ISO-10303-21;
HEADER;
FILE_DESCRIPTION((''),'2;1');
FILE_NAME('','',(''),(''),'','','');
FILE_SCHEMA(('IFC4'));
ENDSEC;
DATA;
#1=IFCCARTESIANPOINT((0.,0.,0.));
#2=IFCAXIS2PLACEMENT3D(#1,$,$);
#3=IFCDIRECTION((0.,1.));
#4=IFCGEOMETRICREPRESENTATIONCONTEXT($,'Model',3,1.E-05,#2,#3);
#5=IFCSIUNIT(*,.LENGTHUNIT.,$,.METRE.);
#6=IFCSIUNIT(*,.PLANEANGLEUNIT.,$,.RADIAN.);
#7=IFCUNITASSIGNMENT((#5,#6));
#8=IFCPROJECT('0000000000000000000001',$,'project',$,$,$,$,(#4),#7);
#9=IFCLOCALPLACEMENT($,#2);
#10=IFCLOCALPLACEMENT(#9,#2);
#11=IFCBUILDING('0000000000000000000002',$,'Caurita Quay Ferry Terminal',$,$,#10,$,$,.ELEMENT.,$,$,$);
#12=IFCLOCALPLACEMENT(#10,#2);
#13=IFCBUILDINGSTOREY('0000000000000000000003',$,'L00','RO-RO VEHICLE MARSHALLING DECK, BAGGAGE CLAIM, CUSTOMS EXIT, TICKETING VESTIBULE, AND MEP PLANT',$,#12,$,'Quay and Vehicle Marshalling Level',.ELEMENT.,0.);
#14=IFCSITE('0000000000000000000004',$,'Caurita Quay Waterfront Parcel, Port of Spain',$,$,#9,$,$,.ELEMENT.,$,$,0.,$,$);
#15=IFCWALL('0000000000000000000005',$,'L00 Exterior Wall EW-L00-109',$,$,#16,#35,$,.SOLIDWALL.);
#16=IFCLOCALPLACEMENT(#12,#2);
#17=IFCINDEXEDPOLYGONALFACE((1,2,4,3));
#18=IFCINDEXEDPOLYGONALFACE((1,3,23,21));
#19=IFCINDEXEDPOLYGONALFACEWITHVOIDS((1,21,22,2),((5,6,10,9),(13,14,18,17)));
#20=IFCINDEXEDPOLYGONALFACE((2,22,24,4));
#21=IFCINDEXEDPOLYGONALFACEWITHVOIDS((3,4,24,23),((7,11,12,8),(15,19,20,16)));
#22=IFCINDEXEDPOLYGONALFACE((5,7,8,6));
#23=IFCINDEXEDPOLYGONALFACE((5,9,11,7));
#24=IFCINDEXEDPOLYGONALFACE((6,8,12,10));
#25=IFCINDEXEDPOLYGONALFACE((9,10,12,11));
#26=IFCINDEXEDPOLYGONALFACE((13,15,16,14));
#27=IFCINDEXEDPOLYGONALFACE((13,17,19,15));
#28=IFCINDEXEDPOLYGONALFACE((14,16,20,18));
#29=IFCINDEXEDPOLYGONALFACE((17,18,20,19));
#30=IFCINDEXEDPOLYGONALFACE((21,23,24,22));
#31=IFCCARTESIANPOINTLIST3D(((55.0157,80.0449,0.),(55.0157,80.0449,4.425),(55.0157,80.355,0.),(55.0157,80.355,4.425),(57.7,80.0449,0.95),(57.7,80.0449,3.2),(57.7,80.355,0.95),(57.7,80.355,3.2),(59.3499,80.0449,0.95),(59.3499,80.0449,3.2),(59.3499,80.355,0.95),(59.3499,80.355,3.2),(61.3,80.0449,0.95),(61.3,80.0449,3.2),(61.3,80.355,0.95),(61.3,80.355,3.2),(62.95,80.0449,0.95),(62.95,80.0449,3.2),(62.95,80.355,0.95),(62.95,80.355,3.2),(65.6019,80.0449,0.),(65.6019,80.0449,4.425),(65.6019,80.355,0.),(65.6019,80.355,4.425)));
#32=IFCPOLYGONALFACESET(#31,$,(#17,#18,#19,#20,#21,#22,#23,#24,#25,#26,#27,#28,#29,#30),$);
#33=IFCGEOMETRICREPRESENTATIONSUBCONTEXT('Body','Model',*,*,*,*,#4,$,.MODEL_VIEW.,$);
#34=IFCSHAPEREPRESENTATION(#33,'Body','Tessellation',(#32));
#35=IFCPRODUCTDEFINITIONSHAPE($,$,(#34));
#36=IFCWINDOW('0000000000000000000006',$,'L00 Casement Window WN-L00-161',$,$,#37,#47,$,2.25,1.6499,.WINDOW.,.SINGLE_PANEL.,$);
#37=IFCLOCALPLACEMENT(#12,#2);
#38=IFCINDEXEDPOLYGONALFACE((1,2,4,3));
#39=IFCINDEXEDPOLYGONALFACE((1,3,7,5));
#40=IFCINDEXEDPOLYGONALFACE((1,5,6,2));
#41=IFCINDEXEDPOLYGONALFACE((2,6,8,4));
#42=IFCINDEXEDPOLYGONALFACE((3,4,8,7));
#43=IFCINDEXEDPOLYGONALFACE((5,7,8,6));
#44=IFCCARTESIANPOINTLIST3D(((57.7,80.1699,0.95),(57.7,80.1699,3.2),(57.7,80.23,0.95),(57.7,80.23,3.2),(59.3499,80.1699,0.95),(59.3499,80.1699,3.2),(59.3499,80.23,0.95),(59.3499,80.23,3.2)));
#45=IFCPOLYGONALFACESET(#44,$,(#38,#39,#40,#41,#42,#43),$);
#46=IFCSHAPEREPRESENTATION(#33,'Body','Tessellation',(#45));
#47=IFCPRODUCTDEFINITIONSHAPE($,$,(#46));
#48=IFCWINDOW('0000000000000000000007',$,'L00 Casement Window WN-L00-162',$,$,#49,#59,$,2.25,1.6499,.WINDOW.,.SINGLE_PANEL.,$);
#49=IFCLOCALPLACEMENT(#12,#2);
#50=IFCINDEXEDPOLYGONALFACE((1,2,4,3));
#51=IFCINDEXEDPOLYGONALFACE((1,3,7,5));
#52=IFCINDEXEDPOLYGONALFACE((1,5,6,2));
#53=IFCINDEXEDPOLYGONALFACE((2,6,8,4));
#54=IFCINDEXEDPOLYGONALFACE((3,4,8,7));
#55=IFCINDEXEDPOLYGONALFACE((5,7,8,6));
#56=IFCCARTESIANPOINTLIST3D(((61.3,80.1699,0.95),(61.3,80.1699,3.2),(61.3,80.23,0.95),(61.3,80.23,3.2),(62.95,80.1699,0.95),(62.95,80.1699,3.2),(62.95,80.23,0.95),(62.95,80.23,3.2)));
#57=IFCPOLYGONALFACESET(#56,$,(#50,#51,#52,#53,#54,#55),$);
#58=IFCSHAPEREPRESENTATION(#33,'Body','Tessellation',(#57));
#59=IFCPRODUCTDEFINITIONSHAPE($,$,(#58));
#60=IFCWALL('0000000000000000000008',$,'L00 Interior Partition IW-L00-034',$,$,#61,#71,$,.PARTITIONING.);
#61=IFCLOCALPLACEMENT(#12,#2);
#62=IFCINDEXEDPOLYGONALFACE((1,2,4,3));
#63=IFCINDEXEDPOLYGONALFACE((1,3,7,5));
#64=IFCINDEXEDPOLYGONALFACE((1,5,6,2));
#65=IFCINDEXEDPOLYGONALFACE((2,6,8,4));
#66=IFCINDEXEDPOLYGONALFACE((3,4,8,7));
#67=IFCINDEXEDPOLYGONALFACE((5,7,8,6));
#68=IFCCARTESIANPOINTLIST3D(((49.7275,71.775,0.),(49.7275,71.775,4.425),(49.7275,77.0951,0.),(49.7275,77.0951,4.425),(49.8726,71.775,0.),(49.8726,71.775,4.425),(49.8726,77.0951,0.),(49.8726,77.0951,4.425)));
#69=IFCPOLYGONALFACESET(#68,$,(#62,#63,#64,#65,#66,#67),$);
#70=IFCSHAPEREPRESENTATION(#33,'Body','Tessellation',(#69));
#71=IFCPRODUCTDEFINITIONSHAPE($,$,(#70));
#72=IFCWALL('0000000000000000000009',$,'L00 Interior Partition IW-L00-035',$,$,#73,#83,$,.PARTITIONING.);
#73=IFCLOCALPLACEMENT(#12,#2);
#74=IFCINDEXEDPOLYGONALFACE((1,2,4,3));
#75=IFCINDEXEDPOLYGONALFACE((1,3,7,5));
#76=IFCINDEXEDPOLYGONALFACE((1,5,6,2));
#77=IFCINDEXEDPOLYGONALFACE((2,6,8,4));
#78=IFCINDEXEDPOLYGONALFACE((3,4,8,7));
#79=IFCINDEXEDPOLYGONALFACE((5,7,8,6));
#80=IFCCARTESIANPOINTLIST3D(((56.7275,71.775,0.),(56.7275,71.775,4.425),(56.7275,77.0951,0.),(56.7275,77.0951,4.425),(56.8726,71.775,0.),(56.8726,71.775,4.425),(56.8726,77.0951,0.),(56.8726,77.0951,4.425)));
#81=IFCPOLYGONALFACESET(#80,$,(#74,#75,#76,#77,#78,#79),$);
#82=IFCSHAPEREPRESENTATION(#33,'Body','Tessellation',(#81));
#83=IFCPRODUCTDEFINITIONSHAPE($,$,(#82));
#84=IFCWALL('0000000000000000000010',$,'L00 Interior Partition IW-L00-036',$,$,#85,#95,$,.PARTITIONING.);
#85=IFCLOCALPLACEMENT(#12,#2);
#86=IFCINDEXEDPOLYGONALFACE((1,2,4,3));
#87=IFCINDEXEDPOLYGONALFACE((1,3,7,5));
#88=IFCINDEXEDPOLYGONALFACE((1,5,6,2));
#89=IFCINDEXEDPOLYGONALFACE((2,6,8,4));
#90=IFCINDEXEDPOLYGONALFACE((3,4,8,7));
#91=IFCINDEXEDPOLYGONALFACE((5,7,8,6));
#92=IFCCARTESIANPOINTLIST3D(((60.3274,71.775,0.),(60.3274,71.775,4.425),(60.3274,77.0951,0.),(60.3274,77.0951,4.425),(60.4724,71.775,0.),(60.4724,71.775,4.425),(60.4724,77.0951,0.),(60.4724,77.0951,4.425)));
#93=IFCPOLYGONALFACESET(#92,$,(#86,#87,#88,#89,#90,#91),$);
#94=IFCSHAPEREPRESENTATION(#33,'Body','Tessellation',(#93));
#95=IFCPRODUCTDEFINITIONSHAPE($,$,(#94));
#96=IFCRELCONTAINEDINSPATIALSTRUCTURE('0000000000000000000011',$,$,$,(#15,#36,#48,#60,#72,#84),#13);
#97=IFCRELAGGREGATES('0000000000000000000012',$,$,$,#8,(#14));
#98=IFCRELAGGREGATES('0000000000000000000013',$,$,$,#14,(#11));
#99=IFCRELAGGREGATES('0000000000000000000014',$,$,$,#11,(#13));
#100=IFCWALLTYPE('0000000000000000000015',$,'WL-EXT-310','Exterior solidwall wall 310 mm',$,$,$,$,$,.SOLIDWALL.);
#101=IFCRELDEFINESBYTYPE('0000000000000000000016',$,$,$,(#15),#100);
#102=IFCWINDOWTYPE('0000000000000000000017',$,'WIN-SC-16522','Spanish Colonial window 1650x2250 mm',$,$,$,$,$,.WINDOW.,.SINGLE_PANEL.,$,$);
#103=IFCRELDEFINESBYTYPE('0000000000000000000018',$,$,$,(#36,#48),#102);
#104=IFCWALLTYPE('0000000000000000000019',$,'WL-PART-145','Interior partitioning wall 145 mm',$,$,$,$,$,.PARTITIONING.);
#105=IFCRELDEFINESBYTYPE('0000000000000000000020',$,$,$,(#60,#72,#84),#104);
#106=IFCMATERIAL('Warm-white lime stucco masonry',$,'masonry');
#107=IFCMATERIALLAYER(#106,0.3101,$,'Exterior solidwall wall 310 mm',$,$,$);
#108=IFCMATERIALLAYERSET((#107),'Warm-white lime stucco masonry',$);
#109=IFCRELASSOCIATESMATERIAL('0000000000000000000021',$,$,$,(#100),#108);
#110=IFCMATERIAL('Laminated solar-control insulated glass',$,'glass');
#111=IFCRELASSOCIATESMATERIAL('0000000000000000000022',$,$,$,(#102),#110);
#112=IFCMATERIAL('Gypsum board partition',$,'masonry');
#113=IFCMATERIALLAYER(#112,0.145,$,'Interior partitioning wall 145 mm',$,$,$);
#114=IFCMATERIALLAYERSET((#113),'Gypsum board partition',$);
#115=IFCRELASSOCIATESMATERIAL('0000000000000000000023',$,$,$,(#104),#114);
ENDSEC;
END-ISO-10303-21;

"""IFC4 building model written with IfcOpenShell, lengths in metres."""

from ifc_helpers import new_model, si_unit, direction, frame, frame_2d, origin, place, context, subcontext, project, spatial, rectangle, extrude, material, layer, layer_set, type_object, element, fill, save


model = new_model("IFC4")

# Units and contexts
model_context = context("Model", 3, precision=1e-05, world=origin(), true_north=direction((0.0, 1.0)))
body_context = subcontext(model_context, "Body", "Model", "MODEL_VIEW")
ifc_project = project(units=[si_unit("LENGTHUNIT", "METRE"), si_unit("PLANEANGLEUNIT", "RADIAN")], contexts=[model_context])

# Site, building, storey
site_placement = place(None, origin())
site = spatial("IfcSite", under=ifc_project, at=site_placement, Name="Caurita Quay Waterfront Parcel, Port of Spain", CompositionType="ELEMENT", RefElevation=0.0)
building_placement = place(site_placement, origin())
building = spatial("IfcBuilding", under=site, at=building_placement, Name="Caurita Quay Ferry Terminal", CompositionType="ELEMENT")
storey_placement = place(building_placement, origin())
storey = spatial("IfcBuildingStorey", under=building, at=storey_placement, Name="L00", Description="RO-RO VEHICLE MARSHALLING DECK, BAGGAGE CLAIM, CUSTOMS EXIT, TICKETING VESTIBULE, AND MEP PLANT", LongName="Quay and Vehicle Marshalling Level", CompositionType="ELEMENT", Elevation=0.0)

# Shared definitions
ifc_material_1 = material(Name="Warm-white lime stucco masonry", Category="masonry")
ifc_layer_1 = layer(ifc_material_1, 0.3101, Name="Exterior solidwall wall 310 mm")
ifc_layer_set_1 = layer_set([ifc_layer_1], Name="Warm-white lime stucco masonry")
wall_type_1 = type_object("IfcWallType", Name="WL-EXT-310", Description="Exterior solidwall wall 310 mm", PredefinedType="SOLIDWALL", material=ifc_layer_set_1)

# Wall, openings, windows
wall_1_placement = place(storey_placement, frame((55.0159, 80.2, 0.0), z_axis=(0.0, 0.0, 1.0), x_axis=(1.0, 0.0, 0.0)))
wall_1 = element("IfcWall", 1, at=wall_1_placement, inside=storey, type_object=wall_type_1, Name="L00 Exterior Wall EW-L00-109", PredefinedType="SOLIDWALL", context=body_context, shape_type="SweptSolid", body=[
    extrude(rectangle(XDim=10.5862, YDim=0.3101, at=frame_2d((5.293, 0.0))), origin(), (0.0, 0.0, 1.0), 4.425),
])
opening_1_placement = place(wall_1_placement, frame((2.6841, 0.0, 0.95)))
opening_1 = element("IfcOpeningElement", 2, at=opening_1_placement, cuts=wall_1, PredefinedType="OPENING", context=body_context, shape_type="SweptSolid", body=[
    extrude(rectangle(XDim=1.6499, YDim=2.25, at=frame_2d((0.825, 1.125))), frame((0.0, 0.165, 0.0), z_axis=(0.0, -1.0, 0.0), x_axis=(1.0, 0.0, 0.0)), (0.0, 0.0, 1.0), 0.3301),
])
opening_2_placement = place(wall_1_placement, frame((6.2842, 0.0, 0.95)))
opening_2 = element("IfcOpeningElement", 3, at=opening_2_placement, cuts=wall_1, PredefinedType="OPENING", context=body_context, shape_type="SweptSolid", body=[
    extrude(rectangle(XDim=1.6499, YDim=2.25, at=frame_2d((0.825, 1.125))), frame((0.0, 0.165, 0.0), z_axis=(0.0, -1.0, 0.0), x_axis=(1.0, 0.0, 0.0)), (0.0, 0.0, 1.0), 0.3301),
])
ifc_material_2 = material(Name="Laminated solar-control insulated glass", Category="glass")
window_type = type_object("IfcWindowType", Name="WIN-SC-16522", Description="Spanish Colonial window 1650x2250 mm", PartitioningType="SINGLE_PANEL", PredefinedType="WINDOW", material=ifc_material_2)
window_1_placement = place(opening_1_placement, origin())
window_1 = element("IfcWindow", 4, at=window_1_placement, inside=storey, type_object=window_type, Name="L00 Casement Window WN-L00-161", OverallHeight=2.25, OverallWidth=1.6499, PartitioningType="SINGLE_PANEL", PredefinedType="WINDOW", context=body_context, shape_type="SweptSolid", body=[
    extrude(rectangle(XDim=1.6499, YDim=2.25, at=frame_2d((0.825, 1.125))), frame((0.0, 0.03, 0.0), z_axis=(0.0, -1.0, 0.0), x_axis=(1.0, 0.0, 0.0)), (0.0, 0.0, 1.0), 0.0601),
])
fill(opening_1, window_1)
window_2_placement = place(opening_2_placement, origin())
window_2 = element("IfcWindow", 5, at=window_2_placement, inside=storey, type_object=window_type, Name="L00 Casement Window WN-L00-162", OverallHeight=2.25, OverallWidth=1.6499, PartitioningType="SINGLE_PANEL", PredefinedType="WINDOW", context=body_context, shape_type="SweptSolid", body=[
    extrude(rectangle(XDim=1.6499, YDim=2.25, at=frame_2d((0.825, 1.125))), frame((0.0, 0.03, 0.0), z_axis=(0.0, -1.0, 0.0), x_axis=(1.0, 0.0, 0.0)), (0.0, 0.0, 1.0), 0.0601),
])
fill(opening_2, window_2)

# Walls
ifc_material_3 = material(Name="Gypsum board partition", Category="masonry")
ifc_layer_2 = layer(ifc_material_3, 0.145, Name="Interior partitioning wall 145 mm")
ifc_layer_set_2 = layer_set([ifc_layer_2], Name="Gypsum board partition")
wall_type_2 = type_object("IfcWallType", Name="WL-PART-145", Description="Interior partitioning wall 145 mm", PredefinedType="PARTITIONING", material=ifc_layer_set_2)
for number, where, z_axis, x_axis, name in (
    (6, (49.8, 71.7749, 0.0), (0.0, 0.0, 1.0), (0.0, 1.0, 0.0), "L00 Interior Partition IW-L00-034"),
    (7, (56.8, 71.7749, 0.0), (0.0, 0.0, 1.0), (0.0, 1.0, 0.0), "L00 Interior Partition IW-L00-035"),
    (8, (60.3999, 71.7749, 0.0), (0.0, 0.0, 1.0), (0.0, 1.0, 0.0), "L00 Interior Partition IW-L00-036"),
):
    element("IfcWall", number, at=place(storey_placement, frame(where, z_axis=z_axis, x_axis=x_axis)), inside=storey, type_object=wall_type_2, Name=name, PredefinedType="PARTITIONING", context=body_context, shape_type="SweptSolid", body=[
        extrude(rectangle(XDim=5.3201, YDim=0.145, at=frame_2d((2.6602, 0.0))), origin(), (0.0, 0.0, 1.0), 4.425),
    ])

save(model, "model.ifc")
